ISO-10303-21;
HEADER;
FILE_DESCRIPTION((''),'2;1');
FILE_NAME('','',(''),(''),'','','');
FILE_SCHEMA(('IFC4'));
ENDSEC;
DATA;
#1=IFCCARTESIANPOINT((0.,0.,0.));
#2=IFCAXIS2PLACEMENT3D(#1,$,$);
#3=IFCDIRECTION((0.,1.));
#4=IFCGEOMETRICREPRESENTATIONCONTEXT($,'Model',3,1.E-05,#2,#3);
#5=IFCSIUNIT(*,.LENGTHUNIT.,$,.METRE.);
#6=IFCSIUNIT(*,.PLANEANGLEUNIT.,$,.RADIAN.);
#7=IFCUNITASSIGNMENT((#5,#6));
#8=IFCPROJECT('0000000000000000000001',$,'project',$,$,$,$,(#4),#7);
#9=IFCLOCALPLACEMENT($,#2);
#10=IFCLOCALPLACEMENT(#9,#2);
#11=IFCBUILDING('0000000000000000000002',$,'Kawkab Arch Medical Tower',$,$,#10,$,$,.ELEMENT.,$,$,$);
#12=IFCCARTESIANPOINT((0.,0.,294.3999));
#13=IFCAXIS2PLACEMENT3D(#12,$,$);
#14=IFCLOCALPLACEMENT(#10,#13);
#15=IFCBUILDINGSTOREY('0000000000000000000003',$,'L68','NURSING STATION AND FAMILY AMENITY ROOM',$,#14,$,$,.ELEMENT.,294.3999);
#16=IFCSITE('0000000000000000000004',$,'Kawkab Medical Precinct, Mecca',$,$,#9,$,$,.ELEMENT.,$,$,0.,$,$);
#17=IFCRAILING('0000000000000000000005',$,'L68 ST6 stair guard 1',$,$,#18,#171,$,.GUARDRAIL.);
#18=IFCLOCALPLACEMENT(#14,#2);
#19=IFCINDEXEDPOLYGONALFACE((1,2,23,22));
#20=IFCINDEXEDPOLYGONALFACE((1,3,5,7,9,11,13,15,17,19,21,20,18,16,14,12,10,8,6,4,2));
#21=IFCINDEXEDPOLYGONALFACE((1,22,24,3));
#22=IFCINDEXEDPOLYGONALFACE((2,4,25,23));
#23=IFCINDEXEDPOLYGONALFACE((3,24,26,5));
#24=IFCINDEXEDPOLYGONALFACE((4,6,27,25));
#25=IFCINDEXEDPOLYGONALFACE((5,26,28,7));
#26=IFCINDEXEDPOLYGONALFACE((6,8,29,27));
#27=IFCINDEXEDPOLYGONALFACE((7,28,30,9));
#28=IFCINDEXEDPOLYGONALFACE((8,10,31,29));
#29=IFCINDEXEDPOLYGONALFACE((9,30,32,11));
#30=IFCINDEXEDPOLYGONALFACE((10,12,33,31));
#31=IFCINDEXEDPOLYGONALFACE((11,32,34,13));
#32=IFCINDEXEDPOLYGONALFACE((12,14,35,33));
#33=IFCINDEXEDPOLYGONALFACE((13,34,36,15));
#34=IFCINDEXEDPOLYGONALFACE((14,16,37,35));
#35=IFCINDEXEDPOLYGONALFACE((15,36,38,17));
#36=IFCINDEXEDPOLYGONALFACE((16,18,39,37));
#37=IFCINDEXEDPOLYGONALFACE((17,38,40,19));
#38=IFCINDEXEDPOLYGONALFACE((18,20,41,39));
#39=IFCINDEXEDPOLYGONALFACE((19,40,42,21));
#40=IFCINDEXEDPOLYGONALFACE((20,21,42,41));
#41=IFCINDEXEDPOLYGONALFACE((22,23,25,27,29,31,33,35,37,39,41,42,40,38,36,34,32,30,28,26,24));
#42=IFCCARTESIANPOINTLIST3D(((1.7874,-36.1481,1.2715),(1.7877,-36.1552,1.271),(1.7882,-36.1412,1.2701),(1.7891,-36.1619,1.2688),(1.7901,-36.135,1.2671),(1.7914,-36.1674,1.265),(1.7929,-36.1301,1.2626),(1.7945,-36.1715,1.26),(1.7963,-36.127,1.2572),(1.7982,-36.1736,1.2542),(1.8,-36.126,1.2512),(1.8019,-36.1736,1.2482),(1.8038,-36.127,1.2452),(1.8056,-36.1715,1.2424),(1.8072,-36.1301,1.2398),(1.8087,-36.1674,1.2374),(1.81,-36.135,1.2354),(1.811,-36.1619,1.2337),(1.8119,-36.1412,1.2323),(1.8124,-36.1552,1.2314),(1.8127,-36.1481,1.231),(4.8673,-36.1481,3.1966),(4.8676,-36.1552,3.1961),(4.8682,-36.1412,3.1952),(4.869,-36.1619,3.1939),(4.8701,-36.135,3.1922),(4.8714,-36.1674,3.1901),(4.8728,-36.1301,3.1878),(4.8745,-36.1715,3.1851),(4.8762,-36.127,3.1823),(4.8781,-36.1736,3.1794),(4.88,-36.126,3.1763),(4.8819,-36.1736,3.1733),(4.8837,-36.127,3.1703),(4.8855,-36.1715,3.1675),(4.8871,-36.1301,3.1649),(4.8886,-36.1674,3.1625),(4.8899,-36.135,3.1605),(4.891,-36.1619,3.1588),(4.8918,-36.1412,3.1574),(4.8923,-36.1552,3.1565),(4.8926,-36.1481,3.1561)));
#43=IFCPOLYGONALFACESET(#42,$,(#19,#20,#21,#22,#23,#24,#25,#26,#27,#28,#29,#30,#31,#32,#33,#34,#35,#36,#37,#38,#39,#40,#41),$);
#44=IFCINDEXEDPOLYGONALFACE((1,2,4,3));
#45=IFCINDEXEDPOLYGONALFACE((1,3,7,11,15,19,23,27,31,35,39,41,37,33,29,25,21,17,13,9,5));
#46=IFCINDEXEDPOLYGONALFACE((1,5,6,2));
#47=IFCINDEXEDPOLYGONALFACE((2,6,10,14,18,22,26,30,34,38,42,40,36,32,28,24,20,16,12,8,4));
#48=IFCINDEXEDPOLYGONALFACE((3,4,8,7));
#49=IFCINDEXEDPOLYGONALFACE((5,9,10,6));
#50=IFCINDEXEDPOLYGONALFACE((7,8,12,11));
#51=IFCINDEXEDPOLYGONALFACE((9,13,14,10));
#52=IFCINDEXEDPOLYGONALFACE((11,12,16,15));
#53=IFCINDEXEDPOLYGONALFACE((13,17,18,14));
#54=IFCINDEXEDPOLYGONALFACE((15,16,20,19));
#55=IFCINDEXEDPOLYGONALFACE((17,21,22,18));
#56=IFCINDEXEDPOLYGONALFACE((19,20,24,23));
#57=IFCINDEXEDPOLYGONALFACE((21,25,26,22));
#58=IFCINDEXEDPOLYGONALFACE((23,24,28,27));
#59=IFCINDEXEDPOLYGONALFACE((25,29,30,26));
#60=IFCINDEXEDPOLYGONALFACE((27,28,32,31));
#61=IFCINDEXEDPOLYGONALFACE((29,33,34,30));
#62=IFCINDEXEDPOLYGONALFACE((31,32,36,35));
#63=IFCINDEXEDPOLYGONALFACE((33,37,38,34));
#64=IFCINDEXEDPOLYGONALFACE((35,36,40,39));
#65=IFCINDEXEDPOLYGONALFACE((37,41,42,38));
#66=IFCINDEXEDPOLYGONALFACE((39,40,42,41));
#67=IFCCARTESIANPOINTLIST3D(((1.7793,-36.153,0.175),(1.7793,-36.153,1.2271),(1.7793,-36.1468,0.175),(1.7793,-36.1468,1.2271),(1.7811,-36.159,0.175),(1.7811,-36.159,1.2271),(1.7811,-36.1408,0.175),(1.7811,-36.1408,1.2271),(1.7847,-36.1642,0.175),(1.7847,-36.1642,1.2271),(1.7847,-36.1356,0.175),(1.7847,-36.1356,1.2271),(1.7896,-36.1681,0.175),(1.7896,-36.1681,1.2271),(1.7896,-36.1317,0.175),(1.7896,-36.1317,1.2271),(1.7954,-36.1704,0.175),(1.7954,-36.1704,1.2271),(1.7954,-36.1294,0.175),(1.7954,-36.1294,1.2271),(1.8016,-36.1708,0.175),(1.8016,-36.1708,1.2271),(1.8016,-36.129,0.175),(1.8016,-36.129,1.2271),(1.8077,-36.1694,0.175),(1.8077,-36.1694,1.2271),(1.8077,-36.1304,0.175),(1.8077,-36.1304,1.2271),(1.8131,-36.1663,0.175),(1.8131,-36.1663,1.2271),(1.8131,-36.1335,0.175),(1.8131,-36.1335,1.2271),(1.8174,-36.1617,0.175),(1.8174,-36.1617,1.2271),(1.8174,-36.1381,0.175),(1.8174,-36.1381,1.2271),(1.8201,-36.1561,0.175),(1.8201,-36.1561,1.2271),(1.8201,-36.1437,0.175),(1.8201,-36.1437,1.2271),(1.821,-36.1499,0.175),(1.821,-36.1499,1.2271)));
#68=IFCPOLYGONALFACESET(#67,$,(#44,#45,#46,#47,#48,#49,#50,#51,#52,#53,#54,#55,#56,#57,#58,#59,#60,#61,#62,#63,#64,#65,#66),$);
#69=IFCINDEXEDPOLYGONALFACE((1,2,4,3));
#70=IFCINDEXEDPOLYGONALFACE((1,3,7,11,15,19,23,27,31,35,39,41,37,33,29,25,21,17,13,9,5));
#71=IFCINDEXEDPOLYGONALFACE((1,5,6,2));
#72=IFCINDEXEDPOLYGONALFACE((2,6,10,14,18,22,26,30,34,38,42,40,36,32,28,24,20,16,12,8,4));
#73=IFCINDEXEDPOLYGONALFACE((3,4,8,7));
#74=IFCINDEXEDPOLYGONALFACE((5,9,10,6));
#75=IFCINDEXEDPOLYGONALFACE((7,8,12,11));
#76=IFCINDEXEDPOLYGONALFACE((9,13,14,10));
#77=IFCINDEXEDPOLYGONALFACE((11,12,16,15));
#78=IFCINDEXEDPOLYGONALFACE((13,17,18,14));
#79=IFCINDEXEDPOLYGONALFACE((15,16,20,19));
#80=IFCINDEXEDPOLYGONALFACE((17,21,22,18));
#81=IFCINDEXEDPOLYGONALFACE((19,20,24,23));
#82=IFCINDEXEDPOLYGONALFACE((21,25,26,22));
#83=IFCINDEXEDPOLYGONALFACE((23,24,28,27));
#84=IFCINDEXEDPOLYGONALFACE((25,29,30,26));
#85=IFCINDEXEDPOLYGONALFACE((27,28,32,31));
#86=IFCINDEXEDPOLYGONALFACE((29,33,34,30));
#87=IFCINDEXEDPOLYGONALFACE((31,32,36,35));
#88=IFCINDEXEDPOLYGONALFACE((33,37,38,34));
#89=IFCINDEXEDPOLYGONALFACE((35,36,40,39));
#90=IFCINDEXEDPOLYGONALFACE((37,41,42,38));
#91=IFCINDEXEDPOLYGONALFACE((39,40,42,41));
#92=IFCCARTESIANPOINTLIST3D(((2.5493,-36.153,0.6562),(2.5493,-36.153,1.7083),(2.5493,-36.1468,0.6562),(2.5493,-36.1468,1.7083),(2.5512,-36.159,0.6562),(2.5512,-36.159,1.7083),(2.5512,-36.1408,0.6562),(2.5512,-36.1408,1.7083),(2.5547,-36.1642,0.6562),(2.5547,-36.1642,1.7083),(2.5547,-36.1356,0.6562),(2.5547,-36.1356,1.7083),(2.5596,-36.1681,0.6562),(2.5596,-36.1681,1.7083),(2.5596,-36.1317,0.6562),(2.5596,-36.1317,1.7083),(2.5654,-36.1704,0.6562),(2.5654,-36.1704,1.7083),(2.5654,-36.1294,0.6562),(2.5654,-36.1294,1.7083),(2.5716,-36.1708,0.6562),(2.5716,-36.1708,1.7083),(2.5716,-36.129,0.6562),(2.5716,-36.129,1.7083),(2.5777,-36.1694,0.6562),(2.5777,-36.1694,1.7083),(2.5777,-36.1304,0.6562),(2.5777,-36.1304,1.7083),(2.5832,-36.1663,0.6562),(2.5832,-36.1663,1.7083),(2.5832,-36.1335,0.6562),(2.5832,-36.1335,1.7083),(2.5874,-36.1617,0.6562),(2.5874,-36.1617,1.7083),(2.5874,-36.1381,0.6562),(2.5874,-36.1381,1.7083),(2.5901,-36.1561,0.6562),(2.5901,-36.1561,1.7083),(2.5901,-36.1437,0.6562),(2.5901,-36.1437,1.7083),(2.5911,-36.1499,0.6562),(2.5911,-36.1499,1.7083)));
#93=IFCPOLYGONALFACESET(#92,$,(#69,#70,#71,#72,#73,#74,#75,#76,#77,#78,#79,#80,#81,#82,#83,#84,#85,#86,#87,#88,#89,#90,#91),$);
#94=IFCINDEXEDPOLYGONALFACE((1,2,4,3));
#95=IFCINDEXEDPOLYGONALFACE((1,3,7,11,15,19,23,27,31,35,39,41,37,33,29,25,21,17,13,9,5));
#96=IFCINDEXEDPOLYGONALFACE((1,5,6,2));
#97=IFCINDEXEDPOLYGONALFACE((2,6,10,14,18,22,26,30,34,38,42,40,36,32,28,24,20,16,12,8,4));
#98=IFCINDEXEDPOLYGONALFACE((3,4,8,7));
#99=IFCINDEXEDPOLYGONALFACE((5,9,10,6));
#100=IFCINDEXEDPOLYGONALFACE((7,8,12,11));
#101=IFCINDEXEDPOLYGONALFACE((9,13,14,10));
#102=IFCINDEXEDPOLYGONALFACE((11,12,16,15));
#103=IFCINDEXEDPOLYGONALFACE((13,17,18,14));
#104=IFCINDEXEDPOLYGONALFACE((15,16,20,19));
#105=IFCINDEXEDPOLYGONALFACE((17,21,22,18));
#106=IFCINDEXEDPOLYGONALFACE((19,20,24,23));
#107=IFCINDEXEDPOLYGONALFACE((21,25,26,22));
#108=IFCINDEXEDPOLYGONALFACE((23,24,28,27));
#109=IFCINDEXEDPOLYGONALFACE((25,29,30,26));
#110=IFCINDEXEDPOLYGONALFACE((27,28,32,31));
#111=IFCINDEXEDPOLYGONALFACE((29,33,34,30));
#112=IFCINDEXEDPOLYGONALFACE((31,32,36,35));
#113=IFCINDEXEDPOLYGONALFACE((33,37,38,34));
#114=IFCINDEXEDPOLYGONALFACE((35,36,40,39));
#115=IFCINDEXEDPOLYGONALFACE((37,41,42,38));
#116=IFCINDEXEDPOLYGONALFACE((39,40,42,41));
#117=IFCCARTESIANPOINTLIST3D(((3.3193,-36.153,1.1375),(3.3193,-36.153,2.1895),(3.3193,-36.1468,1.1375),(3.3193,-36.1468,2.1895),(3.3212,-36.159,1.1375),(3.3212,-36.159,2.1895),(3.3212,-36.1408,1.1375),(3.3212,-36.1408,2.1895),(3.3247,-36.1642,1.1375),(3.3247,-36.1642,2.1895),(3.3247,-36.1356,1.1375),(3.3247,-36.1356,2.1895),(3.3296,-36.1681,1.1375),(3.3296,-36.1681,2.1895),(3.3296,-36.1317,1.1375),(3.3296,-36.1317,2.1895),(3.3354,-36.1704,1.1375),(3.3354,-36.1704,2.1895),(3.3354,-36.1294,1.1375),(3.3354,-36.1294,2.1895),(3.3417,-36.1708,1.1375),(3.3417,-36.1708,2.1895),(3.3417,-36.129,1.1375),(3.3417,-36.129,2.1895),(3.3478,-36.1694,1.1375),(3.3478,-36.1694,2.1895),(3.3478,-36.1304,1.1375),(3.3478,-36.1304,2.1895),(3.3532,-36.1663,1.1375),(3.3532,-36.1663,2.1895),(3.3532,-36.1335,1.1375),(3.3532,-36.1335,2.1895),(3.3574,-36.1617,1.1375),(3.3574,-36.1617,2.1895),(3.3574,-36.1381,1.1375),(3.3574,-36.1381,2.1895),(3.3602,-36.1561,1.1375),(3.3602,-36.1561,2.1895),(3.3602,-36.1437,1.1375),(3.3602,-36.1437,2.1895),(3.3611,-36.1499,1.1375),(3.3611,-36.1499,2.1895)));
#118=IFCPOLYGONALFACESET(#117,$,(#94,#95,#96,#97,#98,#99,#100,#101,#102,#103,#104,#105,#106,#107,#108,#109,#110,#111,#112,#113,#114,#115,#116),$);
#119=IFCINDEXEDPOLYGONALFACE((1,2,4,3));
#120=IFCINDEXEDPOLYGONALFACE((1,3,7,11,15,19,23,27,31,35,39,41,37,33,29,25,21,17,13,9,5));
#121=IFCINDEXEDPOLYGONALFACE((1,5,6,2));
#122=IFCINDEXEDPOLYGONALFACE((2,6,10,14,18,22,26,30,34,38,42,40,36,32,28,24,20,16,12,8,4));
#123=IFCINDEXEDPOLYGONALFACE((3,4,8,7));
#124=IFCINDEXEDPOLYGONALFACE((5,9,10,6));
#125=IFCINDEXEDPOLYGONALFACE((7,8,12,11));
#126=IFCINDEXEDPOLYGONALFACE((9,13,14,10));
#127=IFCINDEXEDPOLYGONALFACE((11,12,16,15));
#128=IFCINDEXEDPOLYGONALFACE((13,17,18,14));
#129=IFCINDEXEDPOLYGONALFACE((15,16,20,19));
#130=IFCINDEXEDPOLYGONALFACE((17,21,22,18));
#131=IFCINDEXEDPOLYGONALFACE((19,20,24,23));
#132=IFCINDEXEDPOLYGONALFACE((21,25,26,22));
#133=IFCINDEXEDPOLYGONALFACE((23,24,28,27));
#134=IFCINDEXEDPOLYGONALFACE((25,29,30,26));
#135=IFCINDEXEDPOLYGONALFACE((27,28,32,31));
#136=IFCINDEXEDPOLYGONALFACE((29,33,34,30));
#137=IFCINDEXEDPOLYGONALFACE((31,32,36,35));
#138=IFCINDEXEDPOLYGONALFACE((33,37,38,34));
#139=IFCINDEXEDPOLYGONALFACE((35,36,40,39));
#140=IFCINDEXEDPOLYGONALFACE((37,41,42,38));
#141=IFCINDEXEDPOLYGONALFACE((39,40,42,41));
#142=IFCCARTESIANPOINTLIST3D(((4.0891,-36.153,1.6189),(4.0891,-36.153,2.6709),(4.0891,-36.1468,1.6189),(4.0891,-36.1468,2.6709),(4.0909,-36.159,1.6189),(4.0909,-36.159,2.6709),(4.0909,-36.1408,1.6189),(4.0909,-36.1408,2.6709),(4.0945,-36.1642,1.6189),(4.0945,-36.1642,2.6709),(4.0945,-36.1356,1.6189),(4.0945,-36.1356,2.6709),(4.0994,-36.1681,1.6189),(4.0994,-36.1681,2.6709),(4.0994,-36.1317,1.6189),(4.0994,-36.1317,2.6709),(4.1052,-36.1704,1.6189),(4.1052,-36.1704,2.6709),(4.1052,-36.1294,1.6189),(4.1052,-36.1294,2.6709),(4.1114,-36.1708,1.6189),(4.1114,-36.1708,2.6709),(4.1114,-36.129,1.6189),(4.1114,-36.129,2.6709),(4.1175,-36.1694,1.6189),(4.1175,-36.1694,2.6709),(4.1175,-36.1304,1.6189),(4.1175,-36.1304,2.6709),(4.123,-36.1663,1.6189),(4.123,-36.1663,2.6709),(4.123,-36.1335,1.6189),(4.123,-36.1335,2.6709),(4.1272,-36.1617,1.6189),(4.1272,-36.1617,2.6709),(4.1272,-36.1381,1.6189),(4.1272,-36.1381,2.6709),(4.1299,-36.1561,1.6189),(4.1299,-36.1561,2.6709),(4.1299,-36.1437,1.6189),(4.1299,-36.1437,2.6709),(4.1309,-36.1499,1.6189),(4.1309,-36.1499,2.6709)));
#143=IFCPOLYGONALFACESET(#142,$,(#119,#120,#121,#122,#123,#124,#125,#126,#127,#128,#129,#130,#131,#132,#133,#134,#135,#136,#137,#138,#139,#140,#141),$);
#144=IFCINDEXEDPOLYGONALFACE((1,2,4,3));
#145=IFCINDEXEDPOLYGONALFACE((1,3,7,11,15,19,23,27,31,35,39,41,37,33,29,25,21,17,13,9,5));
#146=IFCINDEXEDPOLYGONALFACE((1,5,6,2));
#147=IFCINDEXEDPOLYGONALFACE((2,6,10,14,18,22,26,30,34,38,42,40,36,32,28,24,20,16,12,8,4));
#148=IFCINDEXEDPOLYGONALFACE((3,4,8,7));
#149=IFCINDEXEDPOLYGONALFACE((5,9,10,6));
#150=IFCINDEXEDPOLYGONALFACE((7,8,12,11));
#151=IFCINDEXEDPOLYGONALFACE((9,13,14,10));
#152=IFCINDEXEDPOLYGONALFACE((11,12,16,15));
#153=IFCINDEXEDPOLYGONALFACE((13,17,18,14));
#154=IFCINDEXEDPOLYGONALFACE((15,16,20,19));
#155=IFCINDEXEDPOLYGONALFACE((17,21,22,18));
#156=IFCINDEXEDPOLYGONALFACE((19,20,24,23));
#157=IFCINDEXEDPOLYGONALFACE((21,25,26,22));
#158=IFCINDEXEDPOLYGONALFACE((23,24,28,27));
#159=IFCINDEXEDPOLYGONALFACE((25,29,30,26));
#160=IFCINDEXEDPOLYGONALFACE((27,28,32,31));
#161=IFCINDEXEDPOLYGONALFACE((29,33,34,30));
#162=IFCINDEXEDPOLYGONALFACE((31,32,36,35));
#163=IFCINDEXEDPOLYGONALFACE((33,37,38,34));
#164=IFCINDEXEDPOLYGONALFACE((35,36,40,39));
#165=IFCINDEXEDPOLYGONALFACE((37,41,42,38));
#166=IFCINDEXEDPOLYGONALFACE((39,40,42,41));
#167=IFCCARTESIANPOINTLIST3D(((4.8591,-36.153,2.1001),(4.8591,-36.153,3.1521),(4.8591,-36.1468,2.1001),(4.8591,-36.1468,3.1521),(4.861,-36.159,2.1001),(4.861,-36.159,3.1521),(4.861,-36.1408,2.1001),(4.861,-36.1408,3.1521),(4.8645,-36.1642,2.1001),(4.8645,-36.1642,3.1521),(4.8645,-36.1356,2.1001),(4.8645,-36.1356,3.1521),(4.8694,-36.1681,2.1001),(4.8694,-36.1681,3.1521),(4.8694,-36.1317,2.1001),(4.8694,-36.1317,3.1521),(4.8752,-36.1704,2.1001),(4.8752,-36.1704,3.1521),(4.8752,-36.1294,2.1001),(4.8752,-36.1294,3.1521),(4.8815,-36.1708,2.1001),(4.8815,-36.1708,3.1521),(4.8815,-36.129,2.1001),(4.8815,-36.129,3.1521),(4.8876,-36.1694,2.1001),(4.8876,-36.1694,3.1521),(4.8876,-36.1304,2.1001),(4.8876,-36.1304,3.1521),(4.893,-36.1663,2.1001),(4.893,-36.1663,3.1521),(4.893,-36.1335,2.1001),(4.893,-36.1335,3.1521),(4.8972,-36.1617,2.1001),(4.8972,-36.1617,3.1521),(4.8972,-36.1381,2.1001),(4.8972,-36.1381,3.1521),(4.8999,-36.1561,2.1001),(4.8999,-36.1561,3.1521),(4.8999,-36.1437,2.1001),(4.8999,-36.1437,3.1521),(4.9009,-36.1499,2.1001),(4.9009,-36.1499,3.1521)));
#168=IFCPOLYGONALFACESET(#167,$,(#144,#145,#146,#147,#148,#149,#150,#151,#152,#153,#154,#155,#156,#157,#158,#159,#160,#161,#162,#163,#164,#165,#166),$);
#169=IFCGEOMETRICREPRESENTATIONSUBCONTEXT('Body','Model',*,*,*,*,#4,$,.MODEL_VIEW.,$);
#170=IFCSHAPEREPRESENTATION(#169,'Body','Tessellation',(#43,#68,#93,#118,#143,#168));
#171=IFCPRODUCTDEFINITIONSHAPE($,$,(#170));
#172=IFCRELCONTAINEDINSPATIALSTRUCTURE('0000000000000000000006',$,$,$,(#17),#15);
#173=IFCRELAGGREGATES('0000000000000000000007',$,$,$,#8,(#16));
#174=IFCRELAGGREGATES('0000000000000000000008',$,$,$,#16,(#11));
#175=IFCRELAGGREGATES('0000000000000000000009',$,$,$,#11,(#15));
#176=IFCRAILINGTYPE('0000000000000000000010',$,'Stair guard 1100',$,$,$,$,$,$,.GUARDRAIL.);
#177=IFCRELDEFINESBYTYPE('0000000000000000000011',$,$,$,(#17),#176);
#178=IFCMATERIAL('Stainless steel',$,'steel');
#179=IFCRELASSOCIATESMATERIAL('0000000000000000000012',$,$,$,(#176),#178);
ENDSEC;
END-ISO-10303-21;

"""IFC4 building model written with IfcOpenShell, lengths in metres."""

from ifc_helpers import new_model, si_unit, direction, frame, origin, origin_2d, place, context, subcontext, project, spatial, circle, extrude, material, type_object, element, save


model = new_model("IFC4")

# Units and contexts
model_context = context("Model", 3, precision=1e-05, world=origin(), true_north=direction((0.0, 1.0)))
body_context = subcontext(model_context, "Body", "Model", "MODEL_VIEW")
ifc_project = project(units=[si_unit("LENGTHUNIT", "METRE"), si_unit("PLANEANGLEUNIT", "RADIAN")], contexts=[model_context])

# Site, building, storey
site_placement = place(None, origin())
site = spatial("IfcSite", under=ifc_project, at=site_placement, Name="Kawkab Medical Precinct, Mecca", CompositionType="ELEMENT", RefElevation=0.0)
building_placement = place(site_placement, origin())
building = spatial("IfcBuilding", under=site, at=building_placement, Name="Kawkab Arch Medical Tower", CompositionType="ELEMENT")
storey_placement = place(building_placement, frame((0.0, 0.0, 294.3999)))
storey = spatial("IfcBuildingStorey", under=building, at=storey_placement, Name="L68", Description="NURSING STATION AND FAMILY AMENITY ROOM", CompositionType="ELEMENT", Elevation=294.3999)

# Railing
ifc_material_1 = material(Name="Stainless steel", Category="steel")
railing_type = type_object("IfcRailingType", Name="Stair guard 1100", PredefinedType="GUARDRAIL", material=ifc_material_1)
railing_1_placement = place(storey_placement, frame((1.8, -36.1499, 0.175)))
element("IfcRailing", 1, at=railing_1_placement, inside=storey, type_object=railing_type, Name="L68 ST6 stair guard 1", PredefinedType="GUARDRAIL", context=body_context, shape_type="SweptSolid", body=[
    extrude(circle(Radius=0.0239, at=origin_2d()), frame((0.0, 0.0, 1.0762), z_axis=(0.847979, 0.0, 0.530029), x_axis=(0.0, 1.0, 0.0)), (0.0, 0.0, 1.0), 3.6321),
    extrude(circle(Radius=0.021, at=origin_2d()), origin(), (0.0, 0.0, 1.0), 1.052),
    extrude(circle(Radius=0.021, at=origin_2d()), frame((0.77, 0.0, 0.4812)), (0.0, 0.0, 1.0), 1.052),
    extrude(circle(Radius=0.021, at=origin_2d()), frame((1.54, 0.0, 0.9624)), (0.0, 0.0, 1.0), 1.052),
    extrude(circle(Radius=0.021, at=origin_2d()), frame((2.3098, 0.0, 1.4438)), (0.0, 0.0, 1.0), 1.052),
    extrude(circle(Radius=0.021, at=origin_2d()), frame((3.0798, 0.0, 1.925)), (0.0, 0.0, 1.0), 1.052),
])

save(model, "model.ifc")
